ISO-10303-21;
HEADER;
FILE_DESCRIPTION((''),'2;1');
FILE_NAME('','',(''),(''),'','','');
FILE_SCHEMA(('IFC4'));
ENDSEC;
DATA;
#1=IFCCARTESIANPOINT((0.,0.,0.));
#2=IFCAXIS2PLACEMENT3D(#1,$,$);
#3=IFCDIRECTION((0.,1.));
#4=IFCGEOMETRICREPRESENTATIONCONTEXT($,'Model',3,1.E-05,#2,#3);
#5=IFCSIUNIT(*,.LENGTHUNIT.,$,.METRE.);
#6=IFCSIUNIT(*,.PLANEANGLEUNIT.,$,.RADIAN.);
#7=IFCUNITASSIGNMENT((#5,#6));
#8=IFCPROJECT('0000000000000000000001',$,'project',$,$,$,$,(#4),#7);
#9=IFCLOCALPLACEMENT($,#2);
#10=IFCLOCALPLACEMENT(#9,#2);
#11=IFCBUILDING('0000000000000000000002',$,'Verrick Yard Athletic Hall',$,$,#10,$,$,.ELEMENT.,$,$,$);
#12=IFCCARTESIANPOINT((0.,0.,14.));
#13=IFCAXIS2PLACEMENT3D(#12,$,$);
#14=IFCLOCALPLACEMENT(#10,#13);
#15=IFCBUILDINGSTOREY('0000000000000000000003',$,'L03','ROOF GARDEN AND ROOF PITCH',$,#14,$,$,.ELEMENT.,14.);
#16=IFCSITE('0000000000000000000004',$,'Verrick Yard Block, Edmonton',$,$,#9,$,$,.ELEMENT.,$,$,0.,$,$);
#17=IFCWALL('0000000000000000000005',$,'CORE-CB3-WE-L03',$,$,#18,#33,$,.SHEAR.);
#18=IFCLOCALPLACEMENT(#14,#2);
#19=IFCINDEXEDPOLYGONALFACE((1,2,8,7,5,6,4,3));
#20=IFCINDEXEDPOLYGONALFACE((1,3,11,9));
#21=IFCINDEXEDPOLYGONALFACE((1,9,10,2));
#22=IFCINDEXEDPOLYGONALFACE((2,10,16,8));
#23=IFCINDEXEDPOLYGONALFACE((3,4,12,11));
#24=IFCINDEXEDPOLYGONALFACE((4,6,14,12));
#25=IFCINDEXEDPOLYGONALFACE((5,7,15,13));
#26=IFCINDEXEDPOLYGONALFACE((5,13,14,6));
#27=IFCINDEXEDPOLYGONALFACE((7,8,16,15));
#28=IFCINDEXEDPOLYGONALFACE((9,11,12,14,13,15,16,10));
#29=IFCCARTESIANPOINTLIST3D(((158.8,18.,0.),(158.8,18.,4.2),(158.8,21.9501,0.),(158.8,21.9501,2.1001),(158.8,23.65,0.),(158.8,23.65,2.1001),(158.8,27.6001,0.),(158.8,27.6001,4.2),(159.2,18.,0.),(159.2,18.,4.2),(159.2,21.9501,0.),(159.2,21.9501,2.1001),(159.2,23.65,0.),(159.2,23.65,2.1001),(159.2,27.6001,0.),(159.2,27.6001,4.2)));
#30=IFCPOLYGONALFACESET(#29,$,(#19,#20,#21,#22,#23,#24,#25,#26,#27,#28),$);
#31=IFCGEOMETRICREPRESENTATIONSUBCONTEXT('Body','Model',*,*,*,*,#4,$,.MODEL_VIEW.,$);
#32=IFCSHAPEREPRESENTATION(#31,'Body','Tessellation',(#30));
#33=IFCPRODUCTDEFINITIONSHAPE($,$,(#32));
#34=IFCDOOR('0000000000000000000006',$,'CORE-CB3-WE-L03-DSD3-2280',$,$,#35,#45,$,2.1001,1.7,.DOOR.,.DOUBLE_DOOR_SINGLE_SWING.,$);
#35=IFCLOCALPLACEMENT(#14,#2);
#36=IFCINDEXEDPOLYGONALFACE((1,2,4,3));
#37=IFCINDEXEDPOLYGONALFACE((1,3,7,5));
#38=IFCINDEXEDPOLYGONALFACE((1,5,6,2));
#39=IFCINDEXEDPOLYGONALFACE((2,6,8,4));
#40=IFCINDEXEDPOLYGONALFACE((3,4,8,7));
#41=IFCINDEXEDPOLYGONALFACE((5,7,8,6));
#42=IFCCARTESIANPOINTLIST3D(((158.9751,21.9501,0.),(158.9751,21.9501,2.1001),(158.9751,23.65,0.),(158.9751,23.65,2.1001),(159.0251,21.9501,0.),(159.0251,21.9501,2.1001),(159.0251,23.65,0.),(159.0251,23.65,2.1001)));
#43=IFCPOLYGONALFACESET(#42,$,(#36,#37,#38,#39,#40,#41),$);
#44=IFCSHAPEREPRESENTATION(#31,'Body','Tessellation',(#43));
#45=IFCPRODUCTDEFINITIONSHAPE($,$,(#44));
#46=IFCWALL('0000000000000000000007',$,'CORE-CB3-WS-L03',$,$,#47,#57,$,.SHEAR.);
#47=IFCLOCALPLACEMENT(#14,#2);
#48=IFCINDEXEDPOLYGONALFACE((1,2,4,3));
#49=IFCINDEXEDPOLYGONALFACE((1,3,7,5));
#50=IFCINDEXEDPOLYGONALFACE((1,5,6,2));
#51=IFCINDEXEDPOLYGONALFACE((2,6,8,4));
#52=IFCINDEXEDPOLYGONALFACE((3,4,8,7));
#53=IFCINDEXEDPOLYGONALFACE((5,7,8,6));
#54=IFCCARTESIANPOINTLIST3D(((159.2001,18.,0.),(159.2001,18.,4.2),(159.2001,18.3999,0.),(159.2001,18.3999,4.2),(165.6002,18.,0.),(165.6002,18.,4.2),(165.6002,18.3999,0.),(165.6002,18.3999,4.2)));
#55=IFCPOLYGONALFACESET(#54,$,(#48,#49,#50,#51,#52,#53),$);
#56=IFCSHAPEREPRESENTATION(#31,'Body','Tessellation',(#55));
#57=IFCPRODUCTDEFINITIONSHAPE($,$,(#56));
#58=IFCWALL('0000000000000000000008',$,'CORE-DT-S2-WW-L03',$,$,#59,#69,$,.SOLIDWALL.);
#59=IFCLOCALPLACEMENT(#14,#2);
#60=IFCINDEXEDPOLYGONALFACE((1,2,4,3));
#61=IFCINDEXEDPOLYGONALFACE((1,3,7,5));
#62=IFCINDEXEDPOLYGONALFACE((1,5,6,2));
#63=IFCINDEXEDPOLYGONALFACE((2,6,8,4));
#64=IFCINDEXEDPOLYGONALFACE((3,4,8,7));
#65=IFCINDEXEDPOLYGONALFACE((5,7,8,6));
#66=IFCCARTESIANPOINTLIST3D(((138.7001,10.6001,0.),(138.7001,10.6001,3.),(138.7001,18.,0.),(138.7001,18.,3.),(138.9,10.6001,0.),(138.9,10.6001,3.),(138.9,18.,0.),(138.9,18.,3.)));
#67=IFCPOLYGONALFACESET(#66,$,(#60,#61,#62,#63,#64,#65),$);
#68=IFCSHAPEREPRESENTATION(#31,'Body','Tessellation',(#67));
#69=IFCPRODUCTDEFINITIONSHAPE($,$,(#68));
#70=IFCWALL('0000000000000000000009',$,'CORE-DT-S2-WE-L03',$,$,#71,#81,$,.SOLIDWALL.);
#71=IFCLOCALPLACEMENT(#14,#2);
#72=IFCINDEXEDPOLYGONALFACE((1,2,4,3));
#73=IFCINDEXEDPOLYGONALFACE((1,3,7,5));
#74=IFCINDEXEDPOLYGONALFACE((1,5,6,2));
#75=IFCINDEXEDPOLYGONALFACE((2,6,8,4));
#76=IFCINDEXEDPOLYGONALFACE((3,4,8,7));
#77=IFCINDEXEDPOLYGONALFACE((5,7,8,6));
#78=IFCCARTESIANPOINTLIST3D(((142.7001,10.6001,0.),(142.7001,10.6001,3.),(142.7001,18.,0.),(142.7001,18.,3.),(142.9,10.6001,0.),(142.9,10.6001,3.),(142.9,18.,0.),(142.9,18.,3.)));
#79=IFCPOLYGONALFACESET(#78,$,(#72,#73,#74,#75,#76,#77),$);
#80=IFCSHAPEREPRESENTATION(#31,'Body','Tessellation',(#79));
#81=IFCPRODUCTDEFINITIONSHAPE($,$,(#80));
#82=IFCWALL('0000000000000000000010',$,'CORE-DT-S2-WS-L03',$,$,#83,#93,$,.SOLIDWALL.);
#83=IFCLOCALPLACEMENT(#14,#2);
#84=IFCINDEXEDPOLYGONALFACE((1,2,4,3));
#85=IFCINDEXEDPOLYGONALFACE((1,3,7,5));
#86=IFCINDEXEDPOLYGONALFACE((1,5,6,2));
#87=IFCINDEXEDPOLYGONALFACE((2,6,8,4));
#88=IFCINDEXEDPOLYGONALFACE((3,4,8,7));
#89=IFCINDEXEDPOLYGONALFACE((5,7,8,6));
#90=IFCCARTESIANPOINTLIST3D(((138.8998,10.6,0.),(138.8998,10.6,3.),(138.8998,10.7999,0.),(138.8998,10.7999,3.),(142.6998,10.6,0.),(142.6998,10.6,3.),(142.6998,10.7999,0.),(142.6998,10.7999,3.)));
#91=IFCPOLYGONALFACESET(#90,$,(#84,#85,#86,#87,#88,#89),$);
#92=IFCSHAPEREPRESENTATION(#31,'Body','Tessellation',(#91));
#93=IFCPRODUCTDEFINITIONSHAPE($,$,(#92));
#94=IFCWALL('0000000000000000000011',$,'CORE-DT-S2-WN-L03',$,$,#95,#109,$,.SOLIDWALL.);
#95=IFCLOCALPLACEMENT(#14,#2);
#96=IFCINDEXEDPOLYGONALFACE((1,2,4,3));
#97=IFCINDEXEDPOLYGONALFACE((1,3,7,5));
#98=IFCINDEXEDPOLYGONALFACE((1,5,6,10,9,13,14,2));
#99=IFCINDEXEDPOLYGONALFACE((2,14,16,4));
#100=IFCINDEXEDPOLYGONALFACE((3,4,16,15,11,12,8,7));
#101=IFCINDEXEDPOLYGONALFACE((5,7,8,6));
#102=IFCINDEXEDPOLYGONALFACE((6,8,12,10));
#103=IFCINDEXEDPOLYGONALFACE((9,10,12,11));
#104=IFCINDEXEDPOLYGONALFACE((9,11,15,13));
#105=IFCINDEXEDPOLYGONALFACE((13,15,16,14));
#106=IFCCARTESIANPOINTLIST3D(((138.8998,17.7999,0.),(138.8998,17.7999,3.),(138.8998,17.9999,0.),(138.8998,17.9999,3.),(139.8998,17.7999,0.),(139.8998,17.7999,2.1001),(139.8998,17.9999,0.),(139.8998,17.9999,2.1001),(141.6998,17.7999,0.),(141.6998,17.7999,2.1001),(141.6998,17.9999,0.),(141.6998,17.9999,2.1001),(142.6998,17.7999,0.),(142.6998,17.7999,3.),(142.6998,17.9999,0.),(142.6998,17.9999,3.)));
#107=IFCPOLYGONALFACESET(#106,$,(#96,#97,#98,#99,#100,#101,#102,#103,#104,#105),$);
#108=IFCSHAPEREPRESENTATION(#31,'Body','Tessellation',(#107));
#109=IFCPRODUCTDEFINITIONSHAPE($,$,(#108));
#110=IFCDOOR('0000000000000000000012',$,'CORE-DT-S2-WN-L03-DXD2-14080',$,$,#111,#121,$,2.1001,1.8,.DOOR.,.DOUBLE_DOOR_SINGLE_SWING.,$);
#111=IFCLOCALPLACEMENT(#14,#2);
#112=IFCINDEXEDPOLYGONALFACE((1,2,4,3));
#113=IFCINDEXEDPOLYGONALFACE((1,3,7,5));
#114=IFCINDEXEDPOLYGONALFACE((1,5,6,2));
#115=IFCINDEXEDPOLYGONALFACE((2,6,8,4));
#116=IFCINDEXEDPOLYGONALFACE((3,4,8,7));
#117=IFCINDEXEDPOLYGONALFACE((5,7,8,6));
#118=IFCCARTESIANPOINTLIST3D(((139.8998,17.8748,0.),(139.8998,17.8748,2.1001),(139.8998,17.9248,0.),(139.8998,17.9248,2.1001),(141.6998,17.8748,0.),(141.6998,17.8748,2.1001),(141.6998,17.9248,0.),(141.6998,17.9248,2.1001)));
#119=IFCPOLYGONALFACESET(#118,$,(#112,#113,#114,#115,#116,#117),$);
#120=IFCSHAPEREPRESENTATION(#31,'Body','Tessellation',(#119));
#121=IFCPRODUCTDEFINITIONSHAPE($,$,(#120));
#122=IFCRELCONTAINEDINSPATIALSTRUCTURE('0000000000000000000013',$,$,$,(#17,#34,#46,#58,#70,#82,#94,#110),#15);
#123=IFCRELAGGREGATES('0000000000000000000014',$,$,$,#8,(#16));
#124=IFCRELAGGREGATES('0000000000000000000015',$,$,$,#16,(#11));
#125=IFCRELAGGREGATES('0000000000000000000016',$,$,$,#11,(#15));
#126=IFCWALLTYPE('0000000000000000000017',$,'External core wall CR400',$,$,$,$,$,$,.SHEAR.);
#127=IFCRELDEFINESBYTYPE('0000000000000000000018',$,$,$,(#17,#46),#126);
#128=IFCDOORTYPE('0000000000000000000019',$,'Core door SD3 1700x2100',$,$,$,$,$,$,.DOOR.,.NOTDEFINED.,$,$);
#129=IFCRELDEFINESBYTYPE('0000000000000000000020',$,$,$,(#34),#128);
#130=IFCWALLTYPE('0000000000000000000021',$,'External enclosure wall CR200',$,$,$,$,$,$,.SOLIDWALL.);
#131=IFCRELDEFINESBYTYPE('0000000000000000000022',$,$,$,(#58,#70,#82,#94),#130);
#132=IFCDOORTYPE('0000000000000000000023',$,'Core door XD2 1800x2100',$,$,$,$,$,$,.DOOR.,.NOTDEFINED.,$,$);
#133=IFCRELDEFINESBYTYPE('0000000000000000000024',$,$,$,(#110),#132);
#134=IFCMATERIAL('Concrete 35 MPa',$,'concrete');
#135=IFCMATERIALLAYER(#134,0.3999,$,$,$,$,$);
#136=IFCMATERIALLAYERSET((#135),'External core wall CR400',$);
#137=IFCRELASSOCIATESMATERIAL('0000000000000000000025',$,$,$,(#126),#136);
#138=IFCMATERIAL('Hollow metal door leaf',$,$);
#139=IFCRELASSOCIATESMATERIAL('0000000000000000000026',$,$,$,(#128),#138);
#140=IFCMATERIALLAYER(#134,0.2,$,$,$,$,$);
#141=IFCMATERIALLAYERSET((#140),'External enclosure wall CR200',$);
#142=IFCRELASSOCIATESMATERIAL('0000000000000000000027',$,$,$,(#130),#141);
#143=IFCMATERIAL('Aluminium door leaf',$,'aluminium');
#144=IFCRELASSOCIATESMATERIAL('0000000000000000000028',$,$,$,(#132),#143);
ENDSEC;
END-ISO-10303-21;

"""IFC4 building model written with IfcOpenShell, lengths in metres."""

from ifc_helpers import new_model, si_unit, direction, frame, frame_2d, origin, place, context, subcontext, project, spatial, rectangle, extrude, material, layer, layer_set, type_object, element, fill, save


model = new_model("IFC4")

# Units and contexts
model_context = context("Model", 3, precision=1e-05, world=origin(), true_north=direction((0.0, 1.0)))
body_context = subcontext(model_context, "Body", "Model", "MODEL_VIEW")
ifc_project = project(units=[si_unit("LENGTHUNIT", "METRE"), si_unit("PLANEANGLEUNIT", "RADIAN")], contexts=[model_context])

# Site, building, storey
site_placement = place(None, origin())
site = spatial("IfcSite", under=ifc_project, at=site_placement, Name="Verrick Yard Block, Edmonton", CompositionType="ELEMENT", RefElevation=0.0)
building_placement = place(site_placement, origin())
building = spatial("IfcBuilding", under=site, at=building_placement, Name="Verrick Yard Athletic Hall", CompositionType="ELEMENT")
storey_placement = place(building_placement, frame((0.0, 0.0, 14.0)))
storey = spatial("IfcBuildingStorey", under=building, at=storey_placement, Name="L03", Description="ROOF GARDEN AND ROOF PITCH", CompositionType="ELEMENT", Elevation=14.0)

# Shared definitions
ifc_material_1 = material(Name="Concrete 35 MPa", Category="concrete")
ifc_material_2 = material(Name="Hollow metal door leaf")

# Shared definitions
ifc_layer_1 = layer(ifc_material_1, 0.3999)
ifc_layer_set_1 = layer_set([ifc_layer_1], Name="External core wall CR400")
wall_type_1 = type_object("IfcWallType", Name="External core wall CR400", PredefinedType="SHEAR", material=ifc_layer_set_1)

# Wall, opening, door
wall_1_placement = place(storey_placement, frame((159.0, 18.0, 0.0), z_axis=(0.0, 0.0, 1.0), x_axis=(0.0, 1.0, 0.0)))
wall_1 = element("IfcWall", 1, at=wall_1_placement, inside=storey, type_object=wall_type_1, Name="CORE-CB3-WE-L03", PredefinedType="SHEAR", context=body_context, shape_type="SweptSolid", body=[
    extrude(rectangle(XDim=9.6001, YDim=0.3999, at=frame_2d((4.8, 0.0))), origin(), (0.0, 0.0, 1.0), 4.2),
])
opening_1_placement = place(wall_1_placement, frame((3.95, 0.0, 0.0)))
opening_1 = element("IfcOpeningElement", 2, at=opening_1_placement, cuts=wall_1, PredefinedType="OPENING", context=body_context, shape_type="SweptSolid", body=[
    extrude(rectangle(XDim=1.7, YDim=2.1001, at=frame_2d((0.8501, 1.05))), frame((0.0, 0.21, 0.0), z_axis=(0.0, -1.0, 0.0), x_axis=(1.0, 0.0, 0.0)), (0.0, 0.0, 1.0), 0.4199),
])
door_type_1 = type_object("IfcDoorType", Name="Core door SD3 1700x2100", OperationType="NOTDEFINED", PredefinedType="DOOR", material=ifc_material_2)
door_1_placement = place(opening_1_placement, origin())
door_1 = element("IfcDoor", 3, at=door_1_placement, inside=storey, type_object=door_type_1, Name="CORE-CB3-WE-L03-DSD3-2280", OperationType="DOUBLE_DOOR_SINGLE_SWING", OverallHeight=2.1001, OverallWidth=1.7, PredefinedType="DOOR", context=body_context, shape_type="SweptSolid", body=[
    extrude(rectangle(XDim=1.7, YDim=2.1001, at=frame_2d((0.8501, 1.05))), frame((0.0, 0.0249, 0.0), z_axis=(0.0, -1.0, 0.0), x_axis=(1.0, 0.0, 0.0)), (0.0, 0.0, 1.0), 0.05),
])
fill(opening_1, door_1)

# Walls
wall_2_placement = place(storey_placement, frame((159.2, 18.2, 0.0), z_axis=(0.0, 0.0, 1.0), x_axis=(1.0, 0.0, 0.0)))
element("IfcWall", 4, at=wall_2_placement, inside=storey, type_object=wall_type_1, Name="CORE-CB3-WS-L03", PredefinedType="SHEAR", context=body_context, shape_type="SweptSolid", body=[
    extrude(rectangle(XDim=6.4001, YDim=0.3999, at=frame_2d((3.2002, 0.0))), origin(), (0.0, 0.0, 1.0), 4.2),
])
ifc_layer_2 = layer(ifc_material_1, 0.2)
ifc_layer_set_2 = layer_set([ifc_layer_2], Name="External enclosure wall CR200")
wall_type_2 = type_object("IfcWallType", Name="External enclosure wall CR200", PredefinedType="SOLIDWALL", material=ifc_layer_set_2)
for number, where, z_axis, x_axis, name in (
    (5, (138.8, 10.6001, 0.0), (0.0, 0.0, 1.0), (0.0, 1.0, 0.0), "CORE-DT-S2-WW-L03"),
    (6, (142.8, 18.0, 0.0), (0.0, 0.0, 1.0), (0.0, -1.0, 0.0), "CORE-DT-S2-WE-L03"),
):
    element("IfcWall", number, at=place(storey_placement, frame(where, z_axis=z_axis, x_axis=x_axis)), inside=storey, type_object=wall_type_2, Name=name, PredefinedType="SOLIDWALL", context=body_context, shape_type="SweptSolid", body=[
        extrude(rectangle(XDim=7.3999, YDim=0.2, at=frame_2d((3.7, 0.0))), origin(), (0.0, 0.0, 1.0), 3.0),
    ])
wall_3_placement = place(storey_placement, frame((138.8999, 10.7, 0.0), z_axis=(0.0, 0.0, 1.0), x_axis=(1.0, 0.0, 0.0)))
element("IfcWall", 7, at=wall_3_placement, inside=storey, type_object=wall_type_2, Name="CORE-DT-S2-WS-L03", PredefinedType="SOLIDWALL", context=body_context, shape_type="SweptSolid", body=[
    extrude(rectangle(XDim=3.8, YDim=0.2, at=frame_2d((1.8999, 0.0))), origin(), (0.0, 0.0, 1.0), 3.0),
])

# Wall, opening, door
wall_4_placement = place(storey_placement, frame((138.8999, 17.8999, 0.0), z_axis=(0.0, 0.0, 1.0), x_axis=(1.0, 0.0, 0.0)))
wall_4 = element("IfcWall", 8, at=wall_4_placement, inside=storey, type_object=wall_type_2, Name="CORE-DT-S2-WN-L03", PredefinedType="SOLIDWALL", context=body_context, shape_type="SweptSolid", body=[
    extrude(rectangle(XDim=3.8, YDim=0.2, at=frame_2d((1.8999, 0.0))), origin(), (0.0, 0.0, 1.0), 3.0),
])
opening_2_placement = place(wall_4_placement, frame((1.0, 0.0, 0.0)))
opening_2 = element("IfcOpeningElement", 9, at=opening_2_placement, cuts=wall_4, PredefinedType="OPENING", context=body_context, shape_type="SweptSolid", body=[
    extrude(rectangle(XDim=1.8, YDim=2.1001, at=frame_2d((0.8999, 1.05))), frame((0.0, 0.1099, 0.0), z_axis=(0.0, -1.0, 0.0), x_axis=(1.0, 0.0, 0.0)), (0.0, 0.0, 1.0), 0.22),
])
ifc_material_3 = material(Name="Aluminium door leaf", Category="aluminium")
door_type_2 = type_object("IfcDoorType", Name="Core door XD2 1800x2100", OperationType="NOTDEFINED", PredefinedType="DOOR", material=ifc_material_3)
door_2_placement = place(opening_2_placement, origin())
door_2 = element("IfcDoor", 10, at=door_2_placement, inside=storey, type_object=door_type_2, Name="CORE-DT-S2-WN-L03-DXD2-14080", OperationType="DOUBLE_DOOR_SINGLE_SWING", OverallHeight=2.1001, OverallWidth=1.8, PredefinedType="DOOR", context=body_context, shape_type="SweptSolid", body=[
    extrude(rectangle(XDim=1.8, YDim=2.1001, at=frame_2d((0.8999, 1.05))), frame((0.0, 0.0249, 0.0), z_axis=(0.0, -1.0, 0.0), x_axis=(1.0, 0.0, 0.0)), (0.0, 0.0, 1.0), 0.05),
])
fill(opening_2, door_2)

save(model, "model.ifc")
